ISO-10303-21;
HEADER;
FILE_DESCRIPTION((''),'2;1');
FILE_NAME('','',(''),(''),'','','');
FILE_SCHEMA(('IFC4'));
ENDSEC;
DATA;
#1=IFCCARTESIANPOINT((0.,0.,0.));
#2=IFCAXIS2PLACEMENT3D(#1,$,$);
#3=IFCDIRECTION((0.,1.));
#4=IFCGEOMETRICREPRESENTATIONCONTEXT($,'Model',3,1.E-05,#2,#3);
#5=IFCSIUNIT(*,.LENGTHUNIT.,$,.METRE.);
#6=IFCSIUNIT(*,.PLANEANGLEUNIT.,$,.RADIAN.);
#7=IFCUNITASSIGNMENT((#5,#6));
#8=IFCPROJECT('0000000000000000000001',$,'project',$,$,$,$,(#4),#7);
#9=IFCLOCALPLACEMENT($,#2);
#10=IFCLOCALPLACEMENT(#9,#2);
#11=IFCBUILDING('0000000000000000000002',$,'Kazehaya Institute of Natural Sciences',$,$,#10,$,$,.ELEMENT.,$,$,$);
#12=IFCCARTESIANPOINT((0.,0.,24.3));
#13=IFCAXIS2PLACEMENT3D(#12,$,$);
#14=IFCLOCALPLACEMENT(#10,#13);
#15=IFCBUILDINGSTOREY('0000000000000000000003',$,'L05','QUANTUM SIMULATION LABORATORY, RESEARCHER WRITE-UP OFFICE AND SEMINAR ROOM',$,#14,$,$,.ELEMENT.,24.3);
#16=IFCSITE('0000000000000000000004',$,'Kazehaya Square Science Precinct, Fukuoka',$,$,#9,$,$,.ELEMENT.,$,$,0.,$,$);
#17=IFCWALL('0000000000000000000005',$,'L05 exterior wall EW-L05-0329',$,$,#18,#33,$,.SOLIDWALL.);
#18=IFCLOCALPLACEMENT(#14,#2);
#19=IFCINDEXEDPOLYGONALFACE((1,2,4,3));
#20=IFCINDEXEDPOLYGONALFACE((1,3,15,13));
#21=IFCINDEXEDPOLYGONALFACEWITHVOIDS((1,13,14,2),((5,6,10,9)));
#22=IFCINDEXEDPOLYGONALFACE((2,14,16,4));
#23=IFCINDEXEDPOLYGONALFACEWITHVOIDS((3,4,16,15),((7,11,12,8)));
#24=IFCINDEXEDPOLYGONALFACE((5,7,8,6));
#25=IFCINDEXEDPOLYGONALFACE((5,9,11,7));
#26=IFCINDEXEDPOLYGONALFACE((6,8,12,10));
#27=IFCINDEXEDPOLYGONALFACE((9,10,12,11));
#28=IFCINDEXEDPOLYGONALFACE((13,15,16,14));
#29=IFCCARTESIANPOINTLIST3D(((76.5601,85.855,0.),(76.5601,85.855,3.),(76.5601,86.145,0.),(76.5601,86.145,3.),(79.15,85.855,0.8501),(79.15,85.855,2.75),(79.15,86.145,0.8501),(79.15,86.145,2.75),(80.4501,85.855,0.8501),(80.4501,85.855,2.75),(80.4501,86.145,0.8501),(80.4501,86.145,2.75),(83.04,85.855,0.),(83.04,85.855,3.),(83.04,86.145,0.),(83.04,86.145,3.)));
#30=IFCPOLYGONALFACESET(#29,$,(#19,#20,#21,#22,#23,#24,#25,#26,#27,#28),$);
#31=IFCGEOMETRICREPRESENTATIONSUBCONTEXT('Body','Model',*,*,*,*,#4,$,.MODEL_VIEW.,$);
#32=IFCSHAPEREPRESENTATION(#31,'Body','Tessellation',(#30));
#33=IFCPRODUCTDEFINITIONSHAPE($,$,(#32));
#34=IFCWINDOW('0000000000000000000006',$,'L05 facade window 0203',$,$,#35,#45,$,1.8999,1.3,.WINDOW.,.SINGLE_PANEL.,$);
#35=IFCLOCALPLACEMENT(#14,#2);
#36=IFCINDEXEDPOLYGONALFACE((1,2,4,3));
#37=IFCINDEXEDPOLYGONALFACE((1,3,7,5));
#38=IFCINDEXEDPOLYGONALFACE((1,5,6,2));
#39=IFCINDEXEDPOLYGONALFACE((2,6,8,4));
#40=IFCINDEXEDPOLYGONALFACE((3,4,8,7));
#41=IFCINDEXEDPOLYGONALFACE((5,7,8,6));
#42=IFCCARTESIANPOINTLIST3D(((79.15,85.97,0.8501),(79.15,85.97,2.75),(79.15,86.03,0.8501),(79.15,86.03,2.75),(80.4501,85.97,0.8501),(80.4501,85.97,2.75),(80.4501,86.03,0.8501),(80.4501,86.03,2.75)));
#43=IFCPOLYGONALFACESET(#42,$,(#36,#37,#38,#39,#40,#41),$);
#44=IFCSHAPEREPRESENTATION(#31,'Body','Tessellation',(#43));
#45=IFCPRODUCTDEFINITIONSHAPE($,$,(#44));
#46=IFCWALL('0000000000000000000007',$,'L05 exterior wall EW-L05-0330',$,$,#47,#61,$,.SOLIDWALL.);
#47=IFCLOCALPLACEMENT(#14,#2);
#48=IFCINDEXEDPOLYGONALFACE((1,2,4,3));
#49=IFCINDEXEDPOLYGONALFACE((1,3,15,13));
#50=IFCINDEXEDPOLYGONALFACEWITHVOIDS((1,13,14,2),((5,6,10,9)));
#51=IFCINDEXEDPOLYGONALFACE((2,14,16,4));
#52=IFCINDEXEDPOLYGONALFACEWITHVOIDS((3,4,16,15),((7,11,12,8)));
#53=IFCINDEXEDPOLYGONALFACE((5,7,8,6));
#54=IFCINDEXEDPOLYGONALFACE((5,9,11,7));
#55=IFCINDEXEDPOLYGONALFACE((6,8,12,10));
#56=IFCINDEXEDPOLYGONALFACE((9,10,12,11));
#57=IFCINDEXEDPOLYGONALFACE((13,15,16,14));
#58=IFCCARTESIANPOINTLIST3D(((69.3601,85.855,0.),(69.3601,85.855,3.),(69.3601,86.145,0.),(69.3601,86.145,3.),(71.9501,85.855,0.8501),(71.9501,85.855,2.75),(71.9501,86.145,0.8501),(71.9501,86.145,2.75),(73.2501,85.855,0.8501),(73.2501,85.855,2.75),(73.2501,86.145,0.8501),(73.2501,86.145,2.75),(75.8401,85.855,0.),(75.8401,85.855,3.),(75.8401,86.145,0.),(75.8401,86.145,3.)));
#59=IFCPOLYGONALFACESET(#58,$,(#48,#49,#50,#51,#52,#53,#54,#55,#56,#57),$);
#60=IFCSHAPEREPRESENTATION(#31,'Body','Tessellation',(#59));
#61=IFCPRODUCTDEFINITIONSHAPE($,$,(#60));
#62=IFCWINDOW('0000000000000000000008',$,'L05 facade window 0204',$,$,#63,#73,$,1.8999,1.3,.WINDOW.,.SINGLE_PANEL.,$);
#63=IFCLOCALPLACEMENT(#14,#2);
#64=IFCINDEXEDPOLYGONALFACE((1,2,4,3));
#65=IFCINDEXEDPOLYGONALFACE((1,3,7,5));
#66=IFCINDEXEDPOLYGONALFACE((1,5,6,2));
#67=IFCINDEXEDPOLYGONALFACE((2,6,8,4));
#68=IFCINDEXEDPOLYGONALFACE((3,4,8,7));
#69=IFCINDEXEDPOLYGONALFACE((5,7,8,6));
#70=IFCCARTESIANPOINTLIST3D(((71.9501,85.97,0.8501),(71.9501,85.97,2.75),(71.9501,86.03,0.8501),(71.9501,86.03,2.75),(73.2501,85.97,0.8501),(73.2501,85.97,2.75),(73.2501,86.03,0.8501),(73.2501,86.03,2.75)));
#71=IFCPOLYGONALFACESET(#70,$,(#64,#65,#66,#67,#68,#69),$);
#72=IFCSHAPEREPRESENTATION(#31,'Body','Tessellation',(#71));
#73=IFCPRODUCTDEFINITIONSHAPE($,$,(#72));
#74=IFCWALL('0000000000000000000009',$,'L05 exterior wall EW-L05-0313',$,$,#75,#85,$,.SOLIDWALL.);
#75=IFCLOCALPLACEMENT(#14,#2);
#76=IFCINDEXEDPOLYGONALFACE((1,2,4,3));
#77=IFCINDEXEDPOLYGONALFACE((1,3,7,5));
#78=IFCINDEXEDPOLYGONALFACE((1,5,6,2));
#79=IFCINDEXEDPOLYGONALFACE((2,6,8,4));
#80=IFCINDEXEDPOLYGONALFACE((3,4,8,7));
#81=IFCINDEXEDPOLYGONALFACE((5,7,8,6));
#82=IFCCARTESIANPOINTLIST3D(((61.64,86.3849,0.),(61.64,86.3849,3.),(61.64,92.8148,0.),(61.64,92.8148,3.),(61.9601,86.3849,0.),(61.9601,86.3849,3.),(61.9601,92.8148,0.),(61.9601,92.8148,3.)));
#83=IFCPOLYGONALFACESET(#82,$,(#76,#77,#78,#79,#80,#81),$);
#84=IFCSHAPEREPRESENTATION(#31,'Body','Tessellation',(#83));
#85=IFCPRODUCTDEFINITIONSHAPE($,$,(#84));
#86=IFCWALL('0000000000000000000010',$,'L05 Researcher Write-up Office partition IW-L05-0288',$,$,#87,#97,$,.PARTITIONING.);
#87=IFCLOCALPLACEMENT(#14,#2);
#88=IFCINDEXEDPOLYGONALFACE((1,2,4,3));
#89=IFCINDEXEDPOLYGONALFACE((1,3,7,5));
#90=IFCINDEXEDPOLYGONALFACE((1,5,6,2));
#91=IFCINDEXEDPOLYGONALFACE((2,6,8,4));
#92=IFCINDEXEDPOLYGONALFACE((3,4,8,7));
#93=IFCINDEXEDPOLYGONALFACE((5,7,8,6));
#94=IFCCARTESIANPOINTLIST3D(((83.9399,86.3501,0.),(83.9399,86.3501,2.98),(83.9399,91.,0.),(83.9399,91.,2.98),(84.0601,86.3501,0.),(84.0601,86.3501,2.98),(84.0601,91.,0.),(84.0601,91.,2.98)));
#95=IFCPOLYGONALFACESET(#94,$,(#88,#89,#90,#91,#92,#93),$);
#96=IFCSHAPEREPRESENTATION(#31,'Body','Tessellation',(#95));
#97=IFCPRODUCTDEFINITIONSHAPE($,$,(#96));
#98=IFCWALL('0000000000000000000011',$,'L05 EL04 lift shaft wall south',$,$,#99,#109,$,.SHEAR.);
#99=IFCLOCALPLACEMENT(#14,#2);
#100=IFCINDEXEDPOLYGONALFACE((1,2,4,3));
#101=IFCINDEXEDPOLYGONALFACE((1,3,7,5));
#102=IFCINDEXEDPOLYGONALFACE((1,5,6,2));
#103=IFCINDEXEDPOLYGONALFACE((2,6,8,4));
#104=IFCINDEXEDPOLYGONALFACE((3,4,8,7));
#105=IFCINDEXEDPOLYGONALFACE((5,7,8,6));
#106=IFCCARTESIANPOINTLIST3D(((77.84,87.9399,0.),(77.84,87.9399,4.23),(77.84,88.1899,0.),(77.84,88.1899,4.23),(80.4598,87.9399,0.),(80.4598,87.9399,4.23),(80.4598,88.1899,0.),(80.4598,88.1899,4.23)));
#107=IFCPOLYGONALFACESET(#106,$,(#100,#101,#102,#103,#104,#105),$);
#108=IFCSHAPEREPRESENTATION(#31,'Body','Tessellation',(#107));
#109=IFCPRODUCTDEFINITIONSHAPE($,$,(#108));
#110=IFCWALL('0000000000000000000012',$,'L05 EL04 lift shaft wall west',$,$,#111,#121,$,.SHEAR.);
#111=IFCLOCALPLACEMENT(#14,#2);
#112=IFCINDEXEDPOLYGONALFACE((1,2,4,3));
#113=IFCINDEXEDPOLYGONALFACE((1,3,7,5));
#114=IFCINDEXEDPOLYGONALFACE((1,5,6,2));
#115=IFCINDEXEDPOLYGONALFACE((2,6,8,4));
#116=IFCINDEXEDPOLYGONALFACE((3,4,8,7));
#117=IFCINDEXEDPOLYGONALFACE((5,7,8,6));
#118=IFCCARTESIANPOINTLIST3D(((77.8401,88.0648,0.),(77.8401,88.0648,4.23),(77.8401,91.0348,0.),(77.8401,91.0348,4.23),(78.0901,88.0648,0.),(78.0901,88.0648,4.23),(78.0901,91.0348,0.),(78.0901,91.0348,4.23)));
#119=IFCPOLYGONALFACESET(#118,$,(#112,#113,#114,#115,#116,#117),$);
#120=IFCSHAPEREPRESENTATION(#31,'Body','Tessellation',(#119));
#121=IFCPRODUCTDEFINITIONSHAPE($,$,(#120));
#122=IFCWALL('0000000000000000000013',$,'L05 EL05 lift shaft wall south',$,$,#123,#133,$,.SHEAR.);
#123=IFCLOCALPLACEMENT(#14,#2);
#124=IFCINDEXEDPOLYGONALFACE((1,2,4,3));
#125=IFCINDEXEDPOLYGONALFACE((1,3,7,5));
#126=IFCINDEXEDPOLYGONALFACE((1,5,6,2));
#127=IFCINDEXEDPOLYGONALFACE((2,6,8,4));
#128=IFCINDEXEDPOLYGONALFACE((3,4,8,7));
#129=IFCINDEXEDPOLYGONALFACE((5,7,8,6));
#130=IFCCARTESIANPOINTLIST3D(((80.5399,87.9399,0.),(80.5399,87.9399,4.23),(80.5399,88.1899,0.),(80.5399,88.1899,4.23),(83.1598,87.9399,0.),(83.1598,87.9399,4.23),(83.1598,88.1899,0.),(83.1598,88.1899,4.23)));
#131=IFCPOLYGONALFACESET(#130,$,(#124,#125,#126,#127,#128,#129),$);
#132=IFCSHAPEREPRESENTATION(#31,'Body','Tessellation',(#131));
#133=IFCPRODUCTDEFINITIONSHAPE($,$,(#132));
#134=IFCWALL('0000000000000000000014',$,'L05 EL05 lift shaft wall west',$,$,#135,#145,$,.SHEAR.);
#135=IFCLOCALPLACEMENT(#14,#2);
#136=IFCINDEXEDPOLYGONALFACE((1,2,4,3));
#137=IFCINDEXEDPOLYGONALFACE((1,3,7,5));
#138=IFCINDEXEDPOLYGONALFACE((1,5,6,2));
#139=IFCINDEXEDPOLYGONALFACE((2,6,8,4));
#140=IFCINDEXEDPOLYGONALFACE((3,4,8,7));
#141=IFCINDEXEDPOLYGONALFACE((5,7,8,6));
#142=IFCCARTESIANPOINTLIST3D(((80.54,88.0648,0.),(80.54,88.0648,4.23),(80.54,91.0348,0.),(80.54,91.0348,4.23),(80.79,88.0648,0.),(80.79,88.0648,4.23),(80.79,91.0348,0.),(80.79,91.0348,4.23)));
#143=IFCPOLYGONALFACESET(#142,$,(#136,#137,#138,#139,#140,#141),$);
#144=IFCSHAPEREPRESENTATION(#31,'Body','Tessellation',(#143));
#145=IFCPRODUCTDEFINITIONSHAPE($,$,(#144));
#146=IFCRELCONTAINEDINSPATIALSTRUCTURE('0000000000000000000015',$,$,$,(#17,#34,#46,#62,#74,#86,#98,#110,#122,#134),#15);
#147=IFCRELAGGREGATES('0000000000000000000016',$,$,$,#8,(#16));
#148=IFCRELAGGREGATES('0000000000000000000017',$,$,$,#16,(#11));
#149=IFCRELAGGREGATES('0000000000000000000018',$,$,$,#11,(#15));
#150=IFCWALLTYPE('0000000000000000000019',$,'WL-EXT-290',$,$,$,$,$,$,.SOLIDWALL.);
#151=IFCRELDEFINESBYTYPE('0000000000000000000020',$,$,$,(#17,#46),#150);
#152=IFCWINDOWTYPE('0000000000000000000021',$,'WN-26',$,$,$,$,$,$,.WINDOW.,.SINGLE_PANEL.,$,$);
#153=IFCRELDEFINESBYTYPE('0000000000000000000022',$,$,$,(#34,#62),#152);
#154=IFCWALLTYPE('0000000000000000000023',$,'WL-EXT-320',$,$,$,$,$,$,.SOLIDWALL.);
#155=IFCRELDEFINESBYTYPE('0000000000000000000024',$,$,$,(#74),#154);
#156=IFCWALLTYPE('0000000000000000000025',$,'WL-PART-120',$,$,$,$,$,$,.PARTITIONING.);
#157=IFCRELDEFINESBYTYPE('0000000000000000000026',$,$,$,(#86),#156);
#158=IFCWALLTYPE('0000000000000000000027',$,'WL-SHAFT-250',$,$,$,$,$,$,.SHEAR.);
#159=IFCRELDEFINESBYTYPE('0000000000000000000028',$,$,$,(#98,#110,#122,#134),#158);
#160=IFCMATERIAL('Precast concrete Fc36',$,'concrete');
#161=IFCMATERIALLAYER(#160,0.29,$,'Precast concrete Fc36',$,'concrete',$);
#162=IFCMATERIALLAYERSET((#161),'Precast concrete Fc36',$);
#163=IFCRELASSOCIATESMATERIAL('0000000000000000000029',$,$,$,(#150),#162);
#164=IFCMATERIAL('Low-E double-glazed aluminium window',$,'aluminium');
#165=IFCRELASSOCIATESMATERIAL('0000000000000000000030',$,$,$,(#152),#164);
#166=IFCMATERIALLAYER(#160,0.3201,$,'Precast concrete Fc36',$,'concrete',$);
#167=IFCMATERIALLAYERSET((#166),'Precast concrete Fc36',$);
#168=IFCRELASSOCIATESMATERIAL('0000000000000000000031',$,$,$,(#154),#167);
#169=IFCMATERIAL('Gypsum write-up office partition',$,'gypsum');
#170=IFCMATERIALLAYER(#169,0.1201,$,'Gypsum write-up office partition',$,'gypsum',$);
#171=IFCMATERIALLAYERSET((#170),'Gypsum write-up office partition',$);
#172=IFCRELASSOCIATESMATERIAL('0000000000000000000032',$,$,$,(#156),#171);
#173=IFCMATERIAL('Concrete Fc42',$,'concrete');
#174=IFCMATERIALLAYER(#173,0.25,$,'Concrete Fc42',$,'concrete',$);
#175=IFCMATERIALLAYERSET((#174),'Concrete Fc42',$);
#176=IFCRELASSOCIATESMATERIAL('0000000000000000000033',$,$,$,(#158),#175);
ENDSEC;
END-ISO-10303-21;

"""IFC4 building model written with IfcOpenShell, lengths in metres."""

from ifc_helpers import new_model, si_unit, direction, frame, frame_2d, origin, place, context, subcontext, project, spatial, rectangle, extrude, material, layer, layer_set, type_object, element, fill, save


model = new_model("IFC4")

# Units and contexts
model_context = context("Model", 3, precision=1e-05, world=origin(), true_north=direction((0.0, 1.0)))
body_context = subcontext(model_context, "Body", "Model", "MODEL_VIEW")
ifc_project = project(units=[si_unit("LENGTHUNIT", "METRE"), si_unit("PLANEANGLEUNIT", "RADIAN")], contexts=[model_context])

# Site, building, storey
site_placement = place(None, origin())
site = spatial("IfcSite", under=ifc_project, at=site_placement, Name="Kazehaya Square Science Precinct, Fukuoka", CompositionType="ELEMENT", RefElevation=0.0)
building_placement = place(site_placement, origin())
building = spatial("IfcBuilding", under=site, at=building_placement, Name="Kazehaya Institute of Natural Sciences", CompositionType="ELEMENT")
storey_placement = place(building_placement, frame((0.0, 0.0, 24.3)))
storey = spatial("IfcBuildingStorey", under=building, at=storey_placement, Name="L05", Description="QUANTUM SIMULATION LABORATORY, RESEARCHER WRITE-UP OFFICE AND SEMINAR ROOM", CompositionType="ELEMENT", Elevation=24.3)

# Shared definitions
ifc_material_1 = material(Name="Concrete Fc42", Category="concrete")

# Walls, openings, windows
ifc_material_2 = material(Name="Precast concrete Fc36", Category="concrete")
ifc_layer_1 = layer(ifc_material_2, 0.29, Name="Precast concrete Fc36", Category="concrete")
ifc_layer_set_1 = layer_set([ifc_layer_1], Name="Precast concrete Fc36")
wall_type_1 = type_object("IfcWallType", Name="WL-EXT-290", PredefinedType="SOLIDWALL", material=ifc_layer_set_1)
wall_1_placement = place(storey_placement, frame((83.04, 86.0, 0.0), z_axis=(0.0, 0.0, 1.0), x_axis=(-1.0, 0.0, 0.0)))
wall_1 = element("IfcWall", 1, at=wall_1_placement, inside=storey, type_object=wall_type_1, Name="L05 exterior wall EW-L05-0329", PredefinedType="SOLIDWALL", context=body_context, shape_type="SweptSolid", body=[
    extrude(rectangle(XDim=6.48, YDim=0.29, at=frame_2d((3.24, 0.0))), origin(), (0.0, 0.0, 1.0), 3.0),
])
opening_1_placement = place(wall_1_placement, frame((2.5901, 0.0, 0.8501)))
opening_1 = element("IfcOpeningElement", 2, at=opening_1_placement, cuts=wall_1, PredefinedType="OPENING", context=body_context, shape_type="SweptSolid", body=[
    extrude(rectangle(XDim=1.3, YDim=1.8999, at=frame_2d((0.6499, 0.95))), frame((0.0, 0.155, 0.0), z_axis=(0.0, -1.0, 0.0), x_axis=(1.0, 0.0, 0.0)), (0.0, 0.0, 1.0), 0.3101),
])
ifc_material_3 = material(Name="Low-E double-glazed aluminium window", Category="aluminium")
window_type = type_object("IfcWindowType", Name="WN-26", PartitioningType="SINGLE_PANEL", PredefinedType="WINDOW", material=ifc_material_3)
window_1_placement = place(opening_1_placement, origin())
window_1 = element("IfcWindow", 3, at=window_1_placement, inside=storey, type_object=window_type, Name="L05 facade window 0203", OverallHeight=1.8999, OverallWidth=1.3, PartitioningType="SINGLE_PANEL", PredefinedType="WINDOW", context=body_context, shape_type="SweptSolid", body=[
    extrude(rectangle(XDim=1.3, YDim=1.8999, at=frame_2d((0.6499, 0.95))), frame((0.0, 0.03, 0.0), z_axis=(0.0, -1.0, 0.0), x_axis=(1.0, 0.0, 0.0)), (0.0, 0.0, 1.0), 0.0601),
])
fill(opening_1, window_1)
wall_2_placement = place(storey_placement, frame((75.8401, 86.0, 0.0), z_axis=(0.0, 0.0, 1.0), x_axis=(-1.0, 0.0, 0.0)))
wall_2 = element("IfcWall", 4, at=wall_2_placement, inside=storey, type_object=wall_type_1, Name="L05 exterior wall EW-L05-0330", PredefinedType="SOLIDWALL", context=body_context, shape_type="SweptSolid", body=[
    extrude(rectangle(XDim=6.48, YDim=0.29, at=frame_2d((3.24, 0.0))), origin(), (0.0, 0.0, 1.0), 3.0),
])
opening_2_placement = place(wall_2_placement, frame((2.5901, 0.0, 0.8501)))
opening_2 = element("IfcOpeningElement", 5, at=opening_2_placement, cuts=wall_2, PredefinedType="OPENING", context=body_context, shape_type="SweptSolid", body=[
    extrude(rectangle(XDim=1.3, YDim=1.8999, at=frame_2d((0.6499, 0.95))), frame((0.0, 0.155, 0.0), z_axis=(0.0, -1.0, 0.0), x_axis=(1.0, 0.0, 0.0)), (0.0, 0.0, 1.0), 0.3101),
])
window_2_placement = place(opening_2_placement, origin())
window_2 = element("IfcWindow", 6, at=window_2_placement, inside=storey, type_object=window_type, Name="L05 facade window 0204", OverallHeight=1.8999, OverallWidth=1.3, PartitioningType="SINGLE_PANEL", PredefinedType="WINDOW", context=body_context, shape_type="SweptSolid", body=[
    extrude(rectangle(XDim=1.3, YDim=1.8999, at=frame_2d((0.6499, 0.95))), frame((0.0, 0.03, 0.0), z_axis=(0.0, -1.0, 0.0), x_axis=(1.0, 0.0, 0.0)), (0.0, 0.0, 1.0), 0.0601),
])
fill(opening_2, window_2)

# Walls
ifc_layer_2 = layer(ifc_material_2, 0.3201, Name="Precast concrete Fc36", Category="concrete")
ifc_layer_set_2 = layer_set([ifc_layer_2], Name="Precast concrete Fc36")
wall_type_2 = type_object("IfcWallType", Name="WL-EXT-320", PredefinedType="SOLIDWALL", material=ifc_layer_set_2)
wall_3_placement = place(storey_placement, frame((61.8, 86.385, 0.0), z_axis=(0.0, 0.0, 1.0), x_axis=(0.0, 1.0, 0.0)))
element("IfcWall", 7, at=wall_3_placement, inside=storey, type_object=wall_type_2, Name="L05 exterior wall EW-L05-0313", PredefinedType="SOLIDWALL", context=body_context, shape_type="SweptSolid", body=[
    extrude(rectangle(XDim=6.4299, YDim=0.3201, at=frame_2d((3.2148, 0.0))), origin(), (0.0, 0.0, 1.0), 3.0),
])
ifc_material_4 = material(Name="Gypsum write-up office partition", Category="gypsum")
ifc_layer_3 = layer(ifc_material_4, 0.1201, Name="Gypsum write-up office partition", Category="gypsum")
ifc_layer_set_3 = layer_set([ifc_layer_3], Name="Gypsum write-up office partition")
wall_type_3 = type_object("IfcWallType", Name="WL-PART-120", PredefinedType="PARTITIONING", material=ifc_layer_set_3)
wall_4_placement = place(storey_placement, frame((84.0, 86.3501, 0.0), z_axis=(0.0, 0.0, 1.0), x_axis=(0.0, 1.0, 0.0)))
element("IfcWall", 8, at=wall_4_placement, inside=storey, type_object=wall_type_3, Name="L05 Researcher Write-up Office partition IW-L05-0288", PredefinedType="PARTITIONING", context=body_context, shape_type="SweptSolid", body=[
    extrude(rectangle(XDim=4.6499, YDim=0.1201, at=frame_2d((2.325, 0.0))), origin(), (0.0, 0.0, 1.0), 2.98),
])
ifc_layer_4 = layer(ifc_material_1, 0.25, Name="Concrete Fc42", Category="concrete")
ifc_layer_set_4 = layer_set([ifc_layer_4], Name="Concrete Fc42")
wall_type_4 = type_object("IfcWallType", Name="WL-SHAFT-250", PredefinedType="SHEAR", material=ifc_layer_set_4)
wall_5_placement = place(storey_placement, frame((80.46, 88.0649, 0.0), z_axis=(0.0, 0.0, 1.0), x_axis=(-1.0, 0.0, 0.0)))
element("IfcWall", 9, at=wall_5_placement, inside=storey, type_object=wall_type_4, Name="L05 EL04 lift shaft wall south", PredefinedType="SHEAR", context=body_context, shape_type="SweptSolid", body=[
    extrude(rectangle(XDim=2.6199, YDim=0.25, at=frame_2d((1.3101, 0.0))), origin(), (0.0, 0.0, 1.0), 4.23),
])
wall_6_placement = place(storey_placement, frame((77.9651, 88.0649, 0.0), z_axis=(0.0, 0.0, 1.0), x_axis=(0.0, 1.0, 0.0)))
element("IfcWall", 10, at=wall_6_placement, inside=storey, type_object=wall_type_4, Name="L05 EL04 lift shaft wall west", PredefinedType="SHEAR", context=body_context, shape_type="SweptSolid", body=[
    extrude(rectangle(XDim=2.97, YDim=0.25, at=frame_2d((1.4849, 0.0))), origin(), (0.0, 0.0, 1.0), 4.23),
])
wall_7_placement = place(storey_placement, frame((83.1599, 88.0649, 0.0), z_axis=(0.0, 0.0, 1.0), x_axis=(-1.0, 0.0, 0.0)))
element("IfcWall", 11, at=wall_7_placement, inside=storey, type_object=wall_type_4, Name="L05 EL05 lift shaft wall south", PredefinedType="SHEAR", context=body_context, shape_type="SweptSolid", body=[
    extrude(rectangle(XDim=2.6199, YDim=0.25, at=frame_2d((1.3101, 0.0))), origin(), (0.0, 0.0, 1.0), 4.23),
])
wall_8_placement = place(storey_placement, frame((80.665, 88.0649, 0.0), z_axis=(0.0, 0.0, 1.0), x_axis=(0.0, 1.0, 0.0)))
element("IfcWall", 12, at=wall_8_placement, inside=storey, type_object=wall_type_4, Name="L05 EL05 lift shaft wall west", PredefinedType="SHEAR", context=body_context, shape_type="SweptSolid", body=[
    extrude(rectangle(XDim=2.97, YDim=0.25, at=frame_2d((1.4849, 0.0))), origin(), (0.0, 0.0, 1.0), 4.23),
])

save(model, "model.ifc")
